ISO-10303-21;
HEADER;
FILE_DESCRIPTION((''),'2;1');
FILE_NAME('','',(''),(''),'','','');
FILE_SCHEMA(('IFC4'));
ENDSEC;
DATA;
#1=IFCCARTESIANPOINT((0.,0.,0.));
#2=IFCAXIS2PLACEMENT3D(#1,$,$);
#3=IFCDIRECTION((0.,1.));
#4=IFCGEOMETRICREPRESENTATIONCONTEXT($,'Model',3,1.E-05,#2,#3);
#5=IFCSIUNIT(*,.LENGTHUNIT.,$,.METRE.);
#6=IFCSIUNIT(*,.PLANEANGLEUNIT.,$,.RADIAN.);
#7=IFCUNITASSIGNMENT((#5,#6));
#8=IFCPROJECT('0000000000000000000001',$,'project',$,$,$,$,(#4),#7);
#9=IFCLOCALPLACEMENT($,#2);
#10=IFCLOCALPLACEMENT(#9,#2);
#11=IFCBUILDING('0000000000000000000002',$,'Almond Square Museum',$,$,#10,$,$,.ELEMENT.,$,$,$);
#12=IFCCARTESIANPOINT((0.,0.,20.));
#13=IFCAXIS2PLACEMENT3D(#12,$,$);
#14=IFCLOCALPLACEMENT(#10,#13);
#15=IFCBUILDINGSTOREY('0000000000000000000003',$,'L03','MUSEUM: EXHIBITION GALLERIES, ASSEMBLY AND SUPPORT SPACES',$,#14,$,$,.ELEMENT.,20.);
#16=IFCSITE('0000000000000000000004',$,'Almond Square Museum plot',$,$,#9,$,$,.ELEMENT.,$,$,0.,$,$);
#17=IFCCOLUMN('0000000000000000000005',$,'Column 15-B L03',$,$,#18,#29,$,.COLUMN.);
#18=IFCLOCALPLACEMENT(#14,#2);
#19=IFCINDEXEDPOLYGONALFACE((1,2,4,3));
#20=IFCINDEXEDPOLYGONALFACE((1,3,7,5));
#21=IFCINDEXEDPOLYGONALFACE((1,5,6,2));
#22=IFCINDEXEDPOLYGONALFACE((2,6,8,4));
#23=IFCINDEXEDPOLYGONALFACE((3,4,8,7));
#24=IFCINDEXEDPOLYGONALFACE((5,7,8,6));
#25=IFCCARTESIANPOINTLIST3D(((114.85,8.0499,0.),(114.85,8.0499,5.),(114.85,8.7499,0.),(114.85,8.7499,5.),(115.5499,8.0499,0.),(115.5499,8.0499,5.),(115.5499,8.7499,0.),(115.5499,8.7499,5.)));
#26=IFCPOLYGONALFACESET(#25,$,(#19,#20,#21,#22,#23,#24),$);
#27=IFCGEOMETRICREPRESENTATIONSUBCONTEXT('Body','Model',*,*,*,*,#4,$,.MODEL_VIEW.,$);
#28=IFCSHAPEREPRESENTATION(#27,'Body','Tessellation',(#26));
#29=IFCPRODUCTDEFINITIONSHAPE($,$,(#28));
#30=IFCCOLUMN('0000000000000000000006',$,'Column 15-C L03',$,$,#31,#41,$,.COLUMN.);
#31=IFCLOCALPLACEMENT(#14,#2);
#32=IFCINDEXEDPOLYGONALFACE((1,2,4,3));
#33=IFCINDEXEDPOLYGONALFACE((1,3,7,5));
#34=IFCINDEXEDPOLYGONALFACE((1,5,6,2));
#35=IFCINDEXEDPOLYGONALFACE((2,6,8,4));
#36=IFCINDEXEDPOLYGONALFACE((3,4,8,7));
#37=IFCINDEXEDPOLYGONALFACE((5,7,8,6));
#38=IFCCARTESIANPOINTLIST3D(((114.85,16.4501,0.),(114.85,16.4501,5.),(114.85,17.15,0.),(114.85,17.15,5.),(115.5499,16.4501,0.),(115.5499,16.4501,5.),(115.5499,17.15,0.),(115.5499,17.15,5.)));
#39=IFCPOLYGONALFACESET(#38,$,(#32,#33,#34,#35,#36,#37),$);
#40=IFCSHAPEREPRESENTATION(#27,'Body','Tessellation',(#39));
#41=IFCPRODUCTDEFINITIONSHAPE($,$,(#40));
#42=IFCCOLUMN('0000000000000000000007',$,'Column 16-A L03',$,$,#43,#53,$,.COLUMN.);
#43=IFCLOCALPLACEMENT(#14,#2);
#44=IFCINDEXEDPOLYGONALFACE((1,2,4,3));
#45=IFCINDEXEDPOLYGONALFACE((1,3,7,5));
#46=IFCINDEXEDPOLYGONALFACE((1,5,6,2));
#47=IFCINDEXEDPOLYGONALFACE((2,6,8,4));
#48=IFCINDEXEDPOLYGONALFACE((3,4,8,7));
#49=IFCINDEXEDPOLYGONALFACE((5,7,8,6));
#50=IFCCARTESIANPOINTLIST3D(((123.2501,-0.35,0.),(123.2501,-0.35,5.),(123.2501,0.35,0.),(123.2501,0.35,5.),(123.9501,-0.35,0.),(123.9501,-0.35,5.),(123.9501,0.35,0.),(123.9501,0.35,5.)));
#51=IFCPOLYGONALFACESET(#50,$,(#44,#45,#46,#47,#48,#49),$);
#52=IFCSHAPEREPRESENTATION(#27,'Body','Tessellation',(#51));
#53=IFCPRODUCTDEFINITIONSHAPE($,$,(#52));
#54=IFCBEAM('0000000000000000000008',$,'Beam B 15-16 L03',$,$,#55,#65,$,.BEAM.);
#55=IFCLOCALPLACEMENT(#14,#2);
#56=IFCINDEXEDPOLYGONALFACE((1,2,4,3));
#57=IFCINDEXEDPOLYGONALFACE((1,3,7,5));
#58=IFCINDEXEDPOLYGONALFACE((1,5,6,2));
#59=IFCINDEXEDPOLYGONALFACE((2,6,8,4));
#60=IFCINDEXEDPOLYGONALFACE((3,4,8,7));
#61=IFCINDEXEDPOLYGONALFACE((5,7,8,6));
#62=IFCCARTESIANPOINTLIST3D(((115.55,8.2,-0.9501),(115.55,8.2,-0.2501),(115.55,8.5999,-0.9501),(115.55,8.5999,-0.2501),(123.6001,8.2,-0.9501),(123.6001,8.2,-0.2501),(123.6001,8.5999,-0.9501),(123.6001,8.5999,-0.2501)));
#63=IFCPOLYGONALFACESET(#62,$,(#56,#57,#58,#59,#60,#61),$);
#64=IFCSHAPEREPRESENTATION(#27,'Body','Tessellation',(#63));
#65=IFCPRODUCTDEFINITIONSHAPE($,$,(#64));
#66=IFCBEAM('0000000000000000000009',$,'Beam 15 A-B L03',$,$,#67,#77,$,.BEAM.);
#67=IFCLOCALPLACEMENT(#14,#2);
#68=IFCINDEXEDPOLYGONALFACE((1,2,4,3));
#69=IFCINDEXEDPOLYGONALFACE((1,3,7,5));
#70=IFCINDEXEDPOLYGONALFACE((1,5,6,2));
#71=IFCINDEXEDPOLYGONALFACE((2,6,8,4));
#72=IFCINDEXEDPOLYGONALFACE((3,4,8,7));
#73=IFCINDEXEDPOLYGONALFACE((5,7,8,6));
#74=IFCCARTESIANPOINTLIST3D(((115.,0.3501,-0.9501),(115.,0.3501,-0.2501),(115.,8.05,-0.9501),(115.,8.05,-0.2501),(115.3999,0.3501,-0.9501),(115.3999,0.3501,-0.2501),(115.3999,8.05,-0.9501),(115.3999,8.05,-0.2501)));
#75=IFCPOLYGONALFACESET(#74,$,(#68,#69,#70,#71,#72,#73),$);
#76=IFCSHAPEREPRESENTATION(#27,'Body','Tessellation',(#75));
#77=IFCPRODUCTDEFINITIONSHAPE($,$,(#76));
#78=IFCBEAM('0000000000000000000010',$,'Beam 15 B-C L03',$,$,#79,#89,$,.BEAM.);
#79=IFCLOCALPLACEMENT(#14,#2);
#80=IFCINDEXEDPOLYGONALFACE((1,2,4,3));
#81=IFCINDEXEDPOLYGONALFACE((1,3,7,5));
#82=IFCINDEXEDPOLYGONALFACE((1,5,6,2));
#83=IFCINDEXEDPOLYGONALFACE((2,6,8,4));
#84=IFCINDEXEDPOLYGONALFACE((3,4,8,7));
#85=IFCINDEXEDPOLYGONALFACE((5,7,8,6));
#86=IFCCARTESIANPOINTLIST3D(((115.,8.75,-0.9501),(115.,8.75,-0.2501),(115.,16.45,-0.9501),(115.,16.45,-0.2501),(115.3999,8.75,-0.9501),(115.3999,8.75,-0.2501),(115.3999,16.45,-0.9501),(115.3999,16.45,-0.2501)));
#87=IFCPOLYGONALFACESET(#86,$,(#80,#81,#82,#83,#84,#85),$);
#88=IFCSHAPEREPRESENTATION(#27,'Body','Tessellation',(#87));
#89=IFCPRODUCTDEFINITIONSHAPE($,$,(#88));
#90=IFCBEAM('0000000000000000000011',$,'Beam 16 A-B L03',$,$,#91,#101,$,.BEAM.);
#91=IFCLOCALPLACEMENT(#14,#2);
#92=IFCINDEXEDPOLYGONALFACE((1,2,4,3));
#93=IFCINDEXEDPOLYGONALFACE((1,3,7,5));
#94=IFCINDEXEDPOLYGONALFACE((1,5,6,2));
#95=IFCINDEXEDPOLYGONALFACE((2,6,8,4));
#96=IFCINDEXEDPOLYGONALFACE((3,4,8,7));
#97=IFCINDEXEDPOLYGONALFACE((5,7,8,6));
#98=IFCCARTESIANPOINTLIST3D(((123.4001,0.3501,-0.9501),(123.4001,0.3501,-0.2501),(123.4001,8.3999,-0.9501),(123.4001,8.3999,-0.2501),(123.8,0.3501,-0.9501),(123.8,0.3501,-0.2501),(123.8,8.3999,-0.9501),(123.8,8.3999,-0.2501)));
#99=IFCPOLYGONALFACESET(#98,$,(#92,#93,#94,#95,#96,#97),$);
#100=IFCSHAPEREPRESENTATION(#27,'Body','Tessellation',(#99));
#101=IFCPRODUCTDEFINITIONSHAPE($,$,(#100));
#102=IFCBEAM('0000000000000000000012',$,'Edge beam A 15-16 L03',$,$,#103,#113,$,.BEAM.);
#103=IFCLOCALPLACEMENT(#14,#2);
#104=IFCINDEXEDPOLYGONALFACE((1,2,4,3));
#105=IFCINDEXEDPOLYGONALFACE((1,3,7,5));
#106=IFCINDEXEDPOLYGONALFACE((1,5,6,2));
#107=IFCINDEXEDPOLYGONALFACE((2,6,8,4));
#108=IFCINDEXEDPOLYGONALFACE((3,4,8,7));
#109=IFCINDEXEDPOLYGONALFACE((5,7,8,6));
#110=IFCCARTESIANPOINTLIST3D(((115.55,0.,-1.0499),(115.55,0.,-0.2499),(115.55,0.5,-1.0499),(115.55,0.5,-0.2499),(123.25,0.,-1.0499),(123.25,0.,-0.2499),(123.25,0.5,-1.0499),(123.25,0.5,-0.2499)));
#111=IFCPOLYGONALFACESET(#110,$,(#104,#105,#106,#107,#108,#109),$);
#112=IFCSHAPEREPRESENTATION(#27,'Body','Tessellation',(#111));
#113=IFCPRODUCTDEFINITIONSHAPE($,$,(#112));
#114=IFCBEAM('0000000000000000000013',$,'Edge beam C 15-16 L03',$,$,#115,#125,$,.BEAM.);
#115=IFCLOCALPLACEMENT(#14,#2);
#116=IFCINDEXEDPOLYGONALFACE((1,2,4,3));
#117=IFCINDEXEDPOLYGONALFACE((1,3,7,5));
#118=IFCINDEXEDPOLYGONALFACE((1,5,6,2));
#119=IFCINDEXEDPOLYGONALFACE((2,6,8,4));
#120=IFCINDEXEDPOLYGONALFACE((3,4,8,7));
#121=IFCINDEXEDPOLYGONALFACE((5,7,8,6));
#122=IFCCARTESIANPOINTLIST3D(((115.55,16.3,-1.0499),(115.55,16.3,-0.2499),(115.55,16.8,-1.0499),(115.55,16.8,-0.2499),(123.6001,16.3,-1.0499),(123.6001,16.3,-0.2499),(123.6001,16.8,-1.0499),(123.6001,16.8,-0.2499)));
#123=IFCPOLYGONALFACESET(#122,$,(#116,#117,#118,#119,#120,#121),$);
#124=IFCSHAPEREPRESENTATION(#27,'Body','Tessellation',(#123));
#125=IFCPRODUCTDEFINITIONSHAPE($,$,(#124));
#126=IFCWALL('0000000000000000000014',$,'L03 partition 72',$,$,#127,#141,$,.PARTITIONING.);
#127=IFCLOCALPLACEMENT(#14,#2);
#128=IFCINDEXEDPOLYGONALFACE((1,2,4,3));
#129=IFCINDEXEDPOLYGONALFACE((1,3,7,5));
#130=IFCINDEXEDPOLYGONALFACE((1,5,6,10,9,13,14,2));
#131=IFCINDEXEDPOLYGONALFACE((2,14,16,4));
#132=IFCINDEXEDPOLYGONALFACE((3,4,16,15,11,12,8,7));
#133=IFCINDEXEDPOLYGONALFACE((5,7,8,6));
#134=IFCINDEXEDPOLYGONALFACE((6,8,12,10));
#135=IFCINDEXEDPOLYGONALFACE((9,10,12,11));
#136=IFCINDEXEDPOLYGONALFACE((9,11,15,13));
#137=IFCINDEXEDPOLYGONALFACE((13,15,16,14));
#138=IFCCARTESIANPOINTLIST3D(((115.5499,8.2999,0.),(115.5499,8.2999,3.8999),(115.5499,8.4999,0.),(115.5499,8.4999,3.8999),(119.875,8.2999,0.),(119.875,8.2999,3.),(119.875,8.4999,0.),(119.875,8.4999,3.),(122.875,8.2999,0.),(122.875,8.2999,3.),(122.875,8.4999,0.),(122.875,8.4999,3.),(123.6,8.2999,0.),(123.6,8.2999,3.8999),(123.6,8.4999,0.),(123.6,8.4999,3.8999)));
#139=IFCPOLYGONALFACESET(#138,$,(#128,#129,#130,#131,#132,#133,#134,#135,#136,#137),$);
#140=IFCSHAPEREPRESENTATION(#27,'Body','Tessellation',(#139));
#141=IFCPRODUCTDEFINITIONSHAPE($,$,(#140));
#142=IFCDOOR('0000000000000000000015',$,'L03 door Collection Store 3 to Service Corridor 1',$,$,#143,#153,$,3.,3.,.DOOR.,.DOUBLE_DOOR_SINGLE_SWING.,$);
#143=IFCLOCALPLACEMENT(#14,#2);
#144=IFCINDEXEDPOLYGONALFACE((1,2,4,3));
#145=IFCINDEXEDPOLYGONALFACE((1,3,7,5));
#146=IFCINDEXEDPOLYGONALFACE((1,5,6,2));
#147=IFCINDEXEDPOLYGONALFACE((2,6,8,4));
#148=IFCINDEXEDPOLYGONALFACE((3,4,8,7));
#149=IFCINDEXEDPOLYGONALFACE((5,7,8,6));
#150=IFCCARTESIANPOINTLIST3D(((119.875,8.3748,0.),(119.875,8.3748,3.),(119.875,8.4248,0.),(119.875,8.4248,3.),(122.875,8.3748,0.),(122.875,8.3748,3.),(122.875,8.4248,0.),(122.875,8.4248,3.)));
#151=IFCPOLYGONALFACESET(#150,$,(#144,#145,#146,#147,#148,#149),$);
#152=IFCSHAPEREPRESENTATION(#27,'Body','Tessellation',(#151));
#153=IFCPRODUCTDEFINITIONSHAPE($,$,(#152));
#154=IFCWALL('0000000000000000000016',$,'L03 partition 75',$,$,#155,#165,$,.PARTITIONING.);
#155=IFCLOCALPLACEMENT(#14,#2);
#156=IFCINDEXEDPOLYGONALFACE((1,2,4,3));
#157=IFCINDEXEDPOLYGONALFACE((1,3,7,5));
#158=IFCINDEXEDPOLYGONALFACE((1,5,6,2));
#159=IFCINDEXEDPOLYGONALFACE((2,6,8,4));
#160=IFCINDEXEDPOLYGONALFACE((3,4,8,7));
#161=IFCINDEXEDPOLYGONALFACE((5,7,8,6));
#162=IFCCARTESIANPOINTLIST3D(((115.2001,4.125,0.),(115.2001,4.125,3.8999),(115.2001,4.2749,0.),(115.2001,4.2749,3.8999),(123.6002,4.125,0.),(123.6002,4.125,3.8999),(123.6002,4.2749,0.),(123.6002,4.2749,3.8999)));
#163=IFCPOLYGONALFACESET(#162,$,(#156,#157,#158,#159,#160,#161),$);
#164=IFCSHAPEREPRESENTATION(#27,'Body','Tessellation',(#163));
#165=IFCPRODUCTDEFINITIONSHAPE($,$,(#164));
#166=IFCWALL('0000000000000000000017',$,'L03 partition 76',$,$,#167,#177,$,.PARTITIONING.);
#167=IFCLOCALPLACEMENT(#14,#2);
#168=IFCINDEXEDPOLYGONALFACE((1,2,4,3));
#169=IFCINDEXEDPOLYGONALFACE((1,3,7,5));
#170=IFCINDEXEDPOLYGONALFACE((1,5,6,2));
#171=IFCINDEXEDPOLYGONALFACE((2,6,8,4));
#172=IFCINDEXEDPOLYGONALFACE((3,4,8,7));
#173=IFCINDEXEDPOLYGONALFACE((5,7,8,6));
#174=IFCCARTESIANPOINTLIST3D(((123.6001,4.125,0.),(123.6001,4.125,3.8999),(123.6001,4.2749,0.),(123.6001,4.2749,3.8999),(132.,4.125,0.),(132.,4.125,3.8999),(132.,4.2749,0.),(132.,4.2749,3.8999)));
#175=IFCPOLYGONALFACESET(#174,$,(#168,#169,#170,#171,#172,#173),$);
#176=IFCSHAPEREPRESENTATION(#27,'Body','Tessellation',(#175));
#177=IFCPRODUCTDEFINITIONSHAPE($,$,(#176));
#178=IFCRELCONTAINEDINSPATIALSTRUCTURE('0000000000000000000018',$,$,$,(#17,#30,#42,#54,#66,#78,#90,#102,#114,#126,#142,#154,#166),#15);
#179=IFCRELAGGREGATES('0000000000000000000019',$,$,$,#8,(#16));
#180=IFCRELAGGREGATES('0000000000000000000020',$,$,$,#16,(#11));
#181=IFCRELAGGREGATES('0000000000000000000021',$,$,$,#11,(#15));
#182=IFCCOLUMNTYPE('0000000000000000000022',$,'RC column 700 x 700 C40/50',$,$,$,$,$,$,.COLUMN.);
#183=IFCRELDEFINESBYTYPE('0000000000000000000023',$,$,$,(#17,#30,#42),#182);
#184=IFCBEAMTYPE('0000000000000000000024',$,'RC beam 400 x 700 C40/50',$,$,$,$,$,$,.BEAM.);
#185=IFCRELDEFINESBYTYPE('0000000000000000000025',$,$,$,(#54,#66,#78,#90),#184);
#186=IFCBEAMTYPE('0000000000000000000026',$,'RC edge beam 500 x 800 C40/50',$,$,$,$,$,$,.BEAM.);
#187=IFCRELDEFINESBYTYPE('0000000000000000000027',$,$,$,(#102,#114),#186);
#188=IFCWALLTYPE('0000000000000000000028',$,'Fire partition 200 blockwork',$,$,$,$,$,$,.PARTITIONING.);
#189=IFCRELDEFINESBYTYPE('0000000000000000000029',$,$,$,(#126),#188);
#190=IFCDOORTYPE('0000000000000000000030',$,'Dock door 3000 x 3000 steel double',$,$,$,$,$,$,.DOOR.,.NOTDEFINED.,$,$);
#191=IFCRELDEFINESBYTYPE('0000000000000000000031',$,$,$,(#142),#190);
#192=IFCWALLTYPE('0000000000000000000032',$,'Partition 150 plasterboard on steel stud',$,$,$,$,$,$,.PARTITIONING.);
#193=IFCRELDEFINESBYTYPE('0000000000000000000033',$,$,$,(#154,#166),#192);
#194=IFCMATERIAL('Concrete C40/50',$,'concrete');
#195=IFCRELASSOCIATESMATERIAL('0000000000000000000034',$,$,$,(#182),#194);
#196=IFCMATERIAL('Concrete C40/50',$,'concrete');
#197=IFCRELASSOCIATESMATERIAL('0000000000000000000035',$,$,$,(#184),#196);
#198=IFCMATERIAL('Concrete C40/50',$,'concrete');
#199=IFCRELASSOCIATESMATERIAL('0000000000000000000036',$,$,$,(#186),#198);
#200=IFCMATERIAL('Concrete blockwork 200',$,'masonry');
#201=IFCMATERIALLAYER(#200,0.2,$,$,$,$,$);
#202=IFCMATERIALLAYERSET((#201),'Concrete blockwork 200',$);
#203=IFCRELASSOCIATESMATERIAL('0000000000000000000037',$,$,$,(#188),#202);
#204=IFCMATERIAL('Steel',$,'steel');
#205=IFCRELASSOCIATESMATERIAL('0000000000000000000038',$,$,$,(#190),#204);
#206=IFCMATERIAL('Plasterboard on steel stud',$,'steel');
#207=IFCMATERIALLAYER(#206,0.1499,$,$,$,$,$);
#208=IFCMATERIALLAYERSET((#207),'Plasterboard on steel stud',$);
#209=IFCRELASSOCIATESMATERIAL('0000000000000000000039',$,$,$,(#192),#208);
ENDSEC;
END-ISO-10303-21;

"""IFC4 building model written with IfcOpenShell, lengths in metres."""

from ifc_helpers import new_model, si_unit, direction, frame, frame_2d, origin, origin_2d, place, context, subcontext, project, spatial, rectangle, extrude, material, layer, layer_set, material_profile, profile_set, type_object, element, fill, save


model = new_model("IFC4")

# Units and contexts
model_context = context("Model", 3, precision=1e-05, world=origin(), true_north=direction((0.0, 1.0)))
body_context = subcontext(model_context, "Body", "Model", "MODEL_VIEW")
ifc_project = project(units=[si_unit("LENGTHUNIT", "METRE"), si_unit("PLANEANGLEUNIT", "RADIAN")], contexts=[model_context])

# Site, building, storey
site_placement = place(None, origin())
site = spatial("IfcSite", under=ifc_project, at=site_placement, Name="Almond Square Museum plot", CompositionType="ELEMENT", RefElevation=0.0)
building_placement = place(site_placement, origin())
building = spatial("IfcBuilding", under=site, at=building_placement, Name="Almond Square Museum", CompositionType="ELEMENT")
storey_placement = place(building_placement, frame((0.0, 0.0, 20.0)))
storey = spatial("IfcBuildingStorey", under=building, at=storey_placement, Name="L03", Description="MUSEUM: EXHIBITION GALLERIES, ASSEMBLY AND SUPPORT SPACES", CompositionType="ELEMENT", Elevation=20.0)

# Columns
ifc_material_1 = material(Name="Concrete C40/50", Category="concrete")
ifc_material_profile_1 = material_profile(ifc_material_1, rectangle(XDim=0.7, YDim=0.7, at=origin_2d()))
ifc_profile_set_1 = profile_set([ifc_material_profile_1], Name="Concrete C40/50")
column_type = type_object("IfcColumnType", Name="RC column 700 x 700 C40/50", PredefinedType="COLUMN", material=ifc_profile_set_1)
for number, where, z_axis, x_axis, name in (
    (1, (115.2, 8.3999, 0.0), (0.0, 0.0, 1.0), (1.0, 0.0, 0.0), "Column 15-B L03"),
    (2, (115.2, 16.8, 0.0), (0.0, 0.0, 1.0), (1.0, 0.0, 0.0), "Column 15-C L03"),
    (3, (123.6001, 0.0, 0.0), (0.0, 0.0, 1.0), (1.0, 0.0, 0.0), "Column 16-A L03"),
):
    element("IfcColumn", number, at=place(storey_placement, frame(where, z_axis=z_axis, x_axis=x_axis)), inside=storey, type_object=column_type, Name=name, PredefinedType="COLUMN", context=body_context, shape_type="SweptSolid", body=[
        extrude(rectangle(XDim=0.7, YDim=0.7, at=origin_2d()), origin(), (0.0, 0.0, 1.0), 5.0),
    ])

# Beams
ifc_material_2 = material(Name="Concrete C40/50", Category="concrete")
ifc_material_profile_2 = material_profile(ifc_material_2, rectangle(XDim=0.3999, YDim=0.7, at=origin_2d()))
ifc_profile_set_2 = profile_set([ifc_material_profile_2], Name="Concrete C40/50")
beam_type_1 = type_object("IfcBeamType", Name="RC beam 400 x 700 C40/50", PredefinedType="BEAM", material=ifc_profile_set_2)
beam_1_placement = place(storey_placement, frame((115.55, 8.3999, -0.6001), z_axis=(1.0, 0.0, 0.0), x_axis=(0.0, 1.0, 0.0)))
element("IfcBeam", 4, at=beam_1_placement, inside=storey, type_object=beam_type_1, Name="Beam B 15-16 L03", PredefinedType="BEAM", context=body_context, shape_type="SweptSolid", body=[
    extrude(rectangle(XDim=0.3999, YDim=0.7, at=origin_2d()), origin(), (0.0, 0.0, 1.0), 8.05),
])
for number, where, z_axis, x_axis, name in (
    (5, (115.2, 0.3501, -0.6001), (0.0, 1.0, 0.0), (-1.0, 0.0, 0.0), "Beam 15 A-B L03"),
    (6, (115.2, 8.75, -0.6001), (0.0, 1.0, 0.0), (-1.0, 0.0, 0.0), "Beam 15 B-C L03"),
):
    element("IfcBeam", number, at=place(storey_placement, frame(where, z_axis=z_axis, x_axis=x_axis)), inside=storey, type_object=beam_type_1, Name=name, PredefinedType="BEAM", context=body_context, shape_type="SweptSolid", body=[
        extrude(rectangle(XDim=0.3999, YDim=0.7, at=origin_2d()), origin(), (0.0, 0.0, 1.0), 7.7),
    ])
beam_2_placement = place(storey_placement, frame((123.6001, 0.3501, -0.6001), z_axis=(0.0, 1.0, 0.0), x_axis=(-1.0, 0.0, 0.0)))
element("IfcBeam", 7, at=beam_2_placement, inside=storey, type_object=beam_type_1, Name="Beam 16 A-B L03", PredefinedType="BEAM", context=body_context, shape_type="SweptSolid", body=[
    extrude(rectangle(XDim=0.3999, YDim=0.7, at=origin_2d()), origin(), (0.0, 0.0, 1.0), 8.0498),
])
ifc_material_3 = material(Name="Concrete C40/50", Category="concrete")
ifc_material_profile_3 = material_profile(ifc_material_3, rectangle(XDim=0.5, YDim=0.8, at=origin_2d()))
ifc_profile_set_3 = profile_set([ifc_material_profile_3], Name="Concrete C40/50")
beam_type_2 = type_object("IfcBeamType", Name="RC edge beam 500 x 800 C40/50", PredefinedType="BEAM", material=ifc_profile_set_3)
beam_3_placement = place(storey_placement, frame((115.55, 0.25, -0.6499), z_axis=(1.0, 0.0, 0.0), x_axis=(0.0, 1.0, 0.0)))
element("IfcBeam", 8, at=beam_3_placement, inside=storey, type_object=beam_type_2, Name="Edge beam A 15-16 L03", PredefinedType="BEAM", context=body_context, shape_type="SweptSolid", body=[
    extrude(rectangle(XDim=0.5, YDim=0.8, at=origin_2d()), origin(), (0.0, 0.0, 1.0), 7.7),
])
beam_4_placement = place(storey_placement, frame((115.55, 16.55, -0.6499), z_axis=(1.0, 0.0, 0.0), x_axis=(0.0, 1.0, 0.0)))
element("IfcBeam", 9, at=beam_4_placement, inside=storey, type_object=beam_type_2, Name="Edge beam C 15-16 L03", PredefinedType="BEAM", context=body_context, shape_type="SweptSolid", body=[
    extrude(rectangle(XDim=0.5, YDim=0.8, at=origin_2d()), origin(), (0.0, 0.0, 1.0), 8.05),
])

# Wall, opening, door
ifc_material_4 = material(Name="Concrete blockwork 200", Category="masonry")
ifc_layer_1 = layer(ifc_material_4, 0.2)
ifc_layer_set_1 = layer_set([ifc_layer_1], Name="Concrete blockwork 200")
wall_type_1 = type_object("IfcWallType", Name="Fire partition 200 blockwork", PredefinedType="PARTITIONING", material=ifc_layer_set_1)
wall_1_placement = place(storey_placement, frame((115.55, 8.3999, 0.0), z_axis=(0.0, 0.0, 1.0), x_axis=(1.0, 0.0, 0.0)))
wall_1 = element("IfcWall", 10, at=wall_1_placement, inside=storey, type_object=wall_type_1, Name="L03 partition 72", PredefinedType="PARTITIONING", context=body_context, shape_type="SweptSolid", body=[
    extrude(rectangle(XDim=8.05, YDim=0.2, at=frame_2d((4.0249, 0.0))), origin(), (0.0, 0.0, 1.0), 3.8999),
])
opening_1_placement = place(wall_1_placement, frame((4.325, 0.0, 0.0)))
opening_1 = element("IfcOpeningElement", 11, at=opening_1_placement, cuts=wall_1, PredefinedType="OPENING", context=body_context, shape_type="SweptSolid", body=[
    extrude(rectangle(XDim=3.0, YDim=3.0, at=frame_2d((1.5, 1.5))), frame((0.0, 0.1099, 0.0), z_axis=(0.0, -1.0, 0.0), x_axis=(1.0, 0.0, 0.0)), (0.0, 0.0, 1.0), 0.22),
])
ifc_material_5 = material(Name="Steel", Category="steel")
door_type_1 = type_object("IfcDoorType", Name="Dock door 3000 x 3000 steel double", OperationType="NOTDEFINED", PredefinedType="DOOR", material=ifc_material_5)
door_1_placement = place(opening_1_placement, origin())
door_1 = element("IfcDoor", 12, at=door_1_placement, inside=storey, type_object=door_type_1, Name="L03 door Collection Store 3 to Service Corridor 1", OperationType="DOUBLE_DOOR_SINGLE_SWING", OverallHeight=3.0, OverallWidth=3.0, PredefinedType="DOOR", context=body_context, shape_type="SweptSolid", body=[
    extrude(rectangle(XDim=3.0, YDim=3.0, at=frame_2d((1.5, 1.5))), frame((0.0, 0.0249, 0.0), z_axis=(0.0, -1.0, 0.0), x_axis=(1.0, 0.0, 0.0)), (0.0, 0.0, 1.0), 0.05),
])
fill(opening_1, door_1)

# Walls
ifc_material_6 = material(Name="Plasterboard on steel stud", Category="steel")
ifc_layer_2 = layer(ifc_material_6, 0.1499)
ifc_layer_set_2 = layer_set([ifc_layer_2], Name="Plasterboard on steel stud")
wall_type_2 = type_object("IfcWallType", Name="Partition 150 plasterboard on steel stud", PredefinedType="PARTITIONING", material=ifc_layer_set_2)
wall_2_placement = place(storey_placement, frame((115.2, 4.2, 0.0), z_axis=(0.0, 0.0, 1.0), x_axis=(1.0, 0.0, 0.0)))
element("IfcWall", 13, at=wall_2_placement, inside=storey, type_object=wall_type_2, Name="L03 partition 75", PredefinedType="PARTITIONING", context=body_context, shape_type="SweptSolid", body=[
    extrude(rectangle(XDim=8.4001, YDim=0.1499, at=frame_2d((4.2002, 0.0))), origin(), (0.0, 0.0, 1.0), 3.8999),
])
wall_3_placement = place(storey_placement, frame((123.6001, 4.2, 0.0), z_axis=(0.0, 0.0, 1.0), x_axis=(1.0, 0.0, 0.0)))
element("IfcWall", 14, at=wall_3_placement, inside=storey, type_object=wall_type_2, Name="L03 partition 76", PredefinedType="PARTITIONING", context=body_context, shape_type="SweptSolid", body=[
    extrude(rectangle(XDim=8.3999, YDim=0.1499, at=frame_2d((4.2, 0.0))), origin(), (0.0, 0.0, 1.0), 3.8999),
])

save(model, "model.ifc")
